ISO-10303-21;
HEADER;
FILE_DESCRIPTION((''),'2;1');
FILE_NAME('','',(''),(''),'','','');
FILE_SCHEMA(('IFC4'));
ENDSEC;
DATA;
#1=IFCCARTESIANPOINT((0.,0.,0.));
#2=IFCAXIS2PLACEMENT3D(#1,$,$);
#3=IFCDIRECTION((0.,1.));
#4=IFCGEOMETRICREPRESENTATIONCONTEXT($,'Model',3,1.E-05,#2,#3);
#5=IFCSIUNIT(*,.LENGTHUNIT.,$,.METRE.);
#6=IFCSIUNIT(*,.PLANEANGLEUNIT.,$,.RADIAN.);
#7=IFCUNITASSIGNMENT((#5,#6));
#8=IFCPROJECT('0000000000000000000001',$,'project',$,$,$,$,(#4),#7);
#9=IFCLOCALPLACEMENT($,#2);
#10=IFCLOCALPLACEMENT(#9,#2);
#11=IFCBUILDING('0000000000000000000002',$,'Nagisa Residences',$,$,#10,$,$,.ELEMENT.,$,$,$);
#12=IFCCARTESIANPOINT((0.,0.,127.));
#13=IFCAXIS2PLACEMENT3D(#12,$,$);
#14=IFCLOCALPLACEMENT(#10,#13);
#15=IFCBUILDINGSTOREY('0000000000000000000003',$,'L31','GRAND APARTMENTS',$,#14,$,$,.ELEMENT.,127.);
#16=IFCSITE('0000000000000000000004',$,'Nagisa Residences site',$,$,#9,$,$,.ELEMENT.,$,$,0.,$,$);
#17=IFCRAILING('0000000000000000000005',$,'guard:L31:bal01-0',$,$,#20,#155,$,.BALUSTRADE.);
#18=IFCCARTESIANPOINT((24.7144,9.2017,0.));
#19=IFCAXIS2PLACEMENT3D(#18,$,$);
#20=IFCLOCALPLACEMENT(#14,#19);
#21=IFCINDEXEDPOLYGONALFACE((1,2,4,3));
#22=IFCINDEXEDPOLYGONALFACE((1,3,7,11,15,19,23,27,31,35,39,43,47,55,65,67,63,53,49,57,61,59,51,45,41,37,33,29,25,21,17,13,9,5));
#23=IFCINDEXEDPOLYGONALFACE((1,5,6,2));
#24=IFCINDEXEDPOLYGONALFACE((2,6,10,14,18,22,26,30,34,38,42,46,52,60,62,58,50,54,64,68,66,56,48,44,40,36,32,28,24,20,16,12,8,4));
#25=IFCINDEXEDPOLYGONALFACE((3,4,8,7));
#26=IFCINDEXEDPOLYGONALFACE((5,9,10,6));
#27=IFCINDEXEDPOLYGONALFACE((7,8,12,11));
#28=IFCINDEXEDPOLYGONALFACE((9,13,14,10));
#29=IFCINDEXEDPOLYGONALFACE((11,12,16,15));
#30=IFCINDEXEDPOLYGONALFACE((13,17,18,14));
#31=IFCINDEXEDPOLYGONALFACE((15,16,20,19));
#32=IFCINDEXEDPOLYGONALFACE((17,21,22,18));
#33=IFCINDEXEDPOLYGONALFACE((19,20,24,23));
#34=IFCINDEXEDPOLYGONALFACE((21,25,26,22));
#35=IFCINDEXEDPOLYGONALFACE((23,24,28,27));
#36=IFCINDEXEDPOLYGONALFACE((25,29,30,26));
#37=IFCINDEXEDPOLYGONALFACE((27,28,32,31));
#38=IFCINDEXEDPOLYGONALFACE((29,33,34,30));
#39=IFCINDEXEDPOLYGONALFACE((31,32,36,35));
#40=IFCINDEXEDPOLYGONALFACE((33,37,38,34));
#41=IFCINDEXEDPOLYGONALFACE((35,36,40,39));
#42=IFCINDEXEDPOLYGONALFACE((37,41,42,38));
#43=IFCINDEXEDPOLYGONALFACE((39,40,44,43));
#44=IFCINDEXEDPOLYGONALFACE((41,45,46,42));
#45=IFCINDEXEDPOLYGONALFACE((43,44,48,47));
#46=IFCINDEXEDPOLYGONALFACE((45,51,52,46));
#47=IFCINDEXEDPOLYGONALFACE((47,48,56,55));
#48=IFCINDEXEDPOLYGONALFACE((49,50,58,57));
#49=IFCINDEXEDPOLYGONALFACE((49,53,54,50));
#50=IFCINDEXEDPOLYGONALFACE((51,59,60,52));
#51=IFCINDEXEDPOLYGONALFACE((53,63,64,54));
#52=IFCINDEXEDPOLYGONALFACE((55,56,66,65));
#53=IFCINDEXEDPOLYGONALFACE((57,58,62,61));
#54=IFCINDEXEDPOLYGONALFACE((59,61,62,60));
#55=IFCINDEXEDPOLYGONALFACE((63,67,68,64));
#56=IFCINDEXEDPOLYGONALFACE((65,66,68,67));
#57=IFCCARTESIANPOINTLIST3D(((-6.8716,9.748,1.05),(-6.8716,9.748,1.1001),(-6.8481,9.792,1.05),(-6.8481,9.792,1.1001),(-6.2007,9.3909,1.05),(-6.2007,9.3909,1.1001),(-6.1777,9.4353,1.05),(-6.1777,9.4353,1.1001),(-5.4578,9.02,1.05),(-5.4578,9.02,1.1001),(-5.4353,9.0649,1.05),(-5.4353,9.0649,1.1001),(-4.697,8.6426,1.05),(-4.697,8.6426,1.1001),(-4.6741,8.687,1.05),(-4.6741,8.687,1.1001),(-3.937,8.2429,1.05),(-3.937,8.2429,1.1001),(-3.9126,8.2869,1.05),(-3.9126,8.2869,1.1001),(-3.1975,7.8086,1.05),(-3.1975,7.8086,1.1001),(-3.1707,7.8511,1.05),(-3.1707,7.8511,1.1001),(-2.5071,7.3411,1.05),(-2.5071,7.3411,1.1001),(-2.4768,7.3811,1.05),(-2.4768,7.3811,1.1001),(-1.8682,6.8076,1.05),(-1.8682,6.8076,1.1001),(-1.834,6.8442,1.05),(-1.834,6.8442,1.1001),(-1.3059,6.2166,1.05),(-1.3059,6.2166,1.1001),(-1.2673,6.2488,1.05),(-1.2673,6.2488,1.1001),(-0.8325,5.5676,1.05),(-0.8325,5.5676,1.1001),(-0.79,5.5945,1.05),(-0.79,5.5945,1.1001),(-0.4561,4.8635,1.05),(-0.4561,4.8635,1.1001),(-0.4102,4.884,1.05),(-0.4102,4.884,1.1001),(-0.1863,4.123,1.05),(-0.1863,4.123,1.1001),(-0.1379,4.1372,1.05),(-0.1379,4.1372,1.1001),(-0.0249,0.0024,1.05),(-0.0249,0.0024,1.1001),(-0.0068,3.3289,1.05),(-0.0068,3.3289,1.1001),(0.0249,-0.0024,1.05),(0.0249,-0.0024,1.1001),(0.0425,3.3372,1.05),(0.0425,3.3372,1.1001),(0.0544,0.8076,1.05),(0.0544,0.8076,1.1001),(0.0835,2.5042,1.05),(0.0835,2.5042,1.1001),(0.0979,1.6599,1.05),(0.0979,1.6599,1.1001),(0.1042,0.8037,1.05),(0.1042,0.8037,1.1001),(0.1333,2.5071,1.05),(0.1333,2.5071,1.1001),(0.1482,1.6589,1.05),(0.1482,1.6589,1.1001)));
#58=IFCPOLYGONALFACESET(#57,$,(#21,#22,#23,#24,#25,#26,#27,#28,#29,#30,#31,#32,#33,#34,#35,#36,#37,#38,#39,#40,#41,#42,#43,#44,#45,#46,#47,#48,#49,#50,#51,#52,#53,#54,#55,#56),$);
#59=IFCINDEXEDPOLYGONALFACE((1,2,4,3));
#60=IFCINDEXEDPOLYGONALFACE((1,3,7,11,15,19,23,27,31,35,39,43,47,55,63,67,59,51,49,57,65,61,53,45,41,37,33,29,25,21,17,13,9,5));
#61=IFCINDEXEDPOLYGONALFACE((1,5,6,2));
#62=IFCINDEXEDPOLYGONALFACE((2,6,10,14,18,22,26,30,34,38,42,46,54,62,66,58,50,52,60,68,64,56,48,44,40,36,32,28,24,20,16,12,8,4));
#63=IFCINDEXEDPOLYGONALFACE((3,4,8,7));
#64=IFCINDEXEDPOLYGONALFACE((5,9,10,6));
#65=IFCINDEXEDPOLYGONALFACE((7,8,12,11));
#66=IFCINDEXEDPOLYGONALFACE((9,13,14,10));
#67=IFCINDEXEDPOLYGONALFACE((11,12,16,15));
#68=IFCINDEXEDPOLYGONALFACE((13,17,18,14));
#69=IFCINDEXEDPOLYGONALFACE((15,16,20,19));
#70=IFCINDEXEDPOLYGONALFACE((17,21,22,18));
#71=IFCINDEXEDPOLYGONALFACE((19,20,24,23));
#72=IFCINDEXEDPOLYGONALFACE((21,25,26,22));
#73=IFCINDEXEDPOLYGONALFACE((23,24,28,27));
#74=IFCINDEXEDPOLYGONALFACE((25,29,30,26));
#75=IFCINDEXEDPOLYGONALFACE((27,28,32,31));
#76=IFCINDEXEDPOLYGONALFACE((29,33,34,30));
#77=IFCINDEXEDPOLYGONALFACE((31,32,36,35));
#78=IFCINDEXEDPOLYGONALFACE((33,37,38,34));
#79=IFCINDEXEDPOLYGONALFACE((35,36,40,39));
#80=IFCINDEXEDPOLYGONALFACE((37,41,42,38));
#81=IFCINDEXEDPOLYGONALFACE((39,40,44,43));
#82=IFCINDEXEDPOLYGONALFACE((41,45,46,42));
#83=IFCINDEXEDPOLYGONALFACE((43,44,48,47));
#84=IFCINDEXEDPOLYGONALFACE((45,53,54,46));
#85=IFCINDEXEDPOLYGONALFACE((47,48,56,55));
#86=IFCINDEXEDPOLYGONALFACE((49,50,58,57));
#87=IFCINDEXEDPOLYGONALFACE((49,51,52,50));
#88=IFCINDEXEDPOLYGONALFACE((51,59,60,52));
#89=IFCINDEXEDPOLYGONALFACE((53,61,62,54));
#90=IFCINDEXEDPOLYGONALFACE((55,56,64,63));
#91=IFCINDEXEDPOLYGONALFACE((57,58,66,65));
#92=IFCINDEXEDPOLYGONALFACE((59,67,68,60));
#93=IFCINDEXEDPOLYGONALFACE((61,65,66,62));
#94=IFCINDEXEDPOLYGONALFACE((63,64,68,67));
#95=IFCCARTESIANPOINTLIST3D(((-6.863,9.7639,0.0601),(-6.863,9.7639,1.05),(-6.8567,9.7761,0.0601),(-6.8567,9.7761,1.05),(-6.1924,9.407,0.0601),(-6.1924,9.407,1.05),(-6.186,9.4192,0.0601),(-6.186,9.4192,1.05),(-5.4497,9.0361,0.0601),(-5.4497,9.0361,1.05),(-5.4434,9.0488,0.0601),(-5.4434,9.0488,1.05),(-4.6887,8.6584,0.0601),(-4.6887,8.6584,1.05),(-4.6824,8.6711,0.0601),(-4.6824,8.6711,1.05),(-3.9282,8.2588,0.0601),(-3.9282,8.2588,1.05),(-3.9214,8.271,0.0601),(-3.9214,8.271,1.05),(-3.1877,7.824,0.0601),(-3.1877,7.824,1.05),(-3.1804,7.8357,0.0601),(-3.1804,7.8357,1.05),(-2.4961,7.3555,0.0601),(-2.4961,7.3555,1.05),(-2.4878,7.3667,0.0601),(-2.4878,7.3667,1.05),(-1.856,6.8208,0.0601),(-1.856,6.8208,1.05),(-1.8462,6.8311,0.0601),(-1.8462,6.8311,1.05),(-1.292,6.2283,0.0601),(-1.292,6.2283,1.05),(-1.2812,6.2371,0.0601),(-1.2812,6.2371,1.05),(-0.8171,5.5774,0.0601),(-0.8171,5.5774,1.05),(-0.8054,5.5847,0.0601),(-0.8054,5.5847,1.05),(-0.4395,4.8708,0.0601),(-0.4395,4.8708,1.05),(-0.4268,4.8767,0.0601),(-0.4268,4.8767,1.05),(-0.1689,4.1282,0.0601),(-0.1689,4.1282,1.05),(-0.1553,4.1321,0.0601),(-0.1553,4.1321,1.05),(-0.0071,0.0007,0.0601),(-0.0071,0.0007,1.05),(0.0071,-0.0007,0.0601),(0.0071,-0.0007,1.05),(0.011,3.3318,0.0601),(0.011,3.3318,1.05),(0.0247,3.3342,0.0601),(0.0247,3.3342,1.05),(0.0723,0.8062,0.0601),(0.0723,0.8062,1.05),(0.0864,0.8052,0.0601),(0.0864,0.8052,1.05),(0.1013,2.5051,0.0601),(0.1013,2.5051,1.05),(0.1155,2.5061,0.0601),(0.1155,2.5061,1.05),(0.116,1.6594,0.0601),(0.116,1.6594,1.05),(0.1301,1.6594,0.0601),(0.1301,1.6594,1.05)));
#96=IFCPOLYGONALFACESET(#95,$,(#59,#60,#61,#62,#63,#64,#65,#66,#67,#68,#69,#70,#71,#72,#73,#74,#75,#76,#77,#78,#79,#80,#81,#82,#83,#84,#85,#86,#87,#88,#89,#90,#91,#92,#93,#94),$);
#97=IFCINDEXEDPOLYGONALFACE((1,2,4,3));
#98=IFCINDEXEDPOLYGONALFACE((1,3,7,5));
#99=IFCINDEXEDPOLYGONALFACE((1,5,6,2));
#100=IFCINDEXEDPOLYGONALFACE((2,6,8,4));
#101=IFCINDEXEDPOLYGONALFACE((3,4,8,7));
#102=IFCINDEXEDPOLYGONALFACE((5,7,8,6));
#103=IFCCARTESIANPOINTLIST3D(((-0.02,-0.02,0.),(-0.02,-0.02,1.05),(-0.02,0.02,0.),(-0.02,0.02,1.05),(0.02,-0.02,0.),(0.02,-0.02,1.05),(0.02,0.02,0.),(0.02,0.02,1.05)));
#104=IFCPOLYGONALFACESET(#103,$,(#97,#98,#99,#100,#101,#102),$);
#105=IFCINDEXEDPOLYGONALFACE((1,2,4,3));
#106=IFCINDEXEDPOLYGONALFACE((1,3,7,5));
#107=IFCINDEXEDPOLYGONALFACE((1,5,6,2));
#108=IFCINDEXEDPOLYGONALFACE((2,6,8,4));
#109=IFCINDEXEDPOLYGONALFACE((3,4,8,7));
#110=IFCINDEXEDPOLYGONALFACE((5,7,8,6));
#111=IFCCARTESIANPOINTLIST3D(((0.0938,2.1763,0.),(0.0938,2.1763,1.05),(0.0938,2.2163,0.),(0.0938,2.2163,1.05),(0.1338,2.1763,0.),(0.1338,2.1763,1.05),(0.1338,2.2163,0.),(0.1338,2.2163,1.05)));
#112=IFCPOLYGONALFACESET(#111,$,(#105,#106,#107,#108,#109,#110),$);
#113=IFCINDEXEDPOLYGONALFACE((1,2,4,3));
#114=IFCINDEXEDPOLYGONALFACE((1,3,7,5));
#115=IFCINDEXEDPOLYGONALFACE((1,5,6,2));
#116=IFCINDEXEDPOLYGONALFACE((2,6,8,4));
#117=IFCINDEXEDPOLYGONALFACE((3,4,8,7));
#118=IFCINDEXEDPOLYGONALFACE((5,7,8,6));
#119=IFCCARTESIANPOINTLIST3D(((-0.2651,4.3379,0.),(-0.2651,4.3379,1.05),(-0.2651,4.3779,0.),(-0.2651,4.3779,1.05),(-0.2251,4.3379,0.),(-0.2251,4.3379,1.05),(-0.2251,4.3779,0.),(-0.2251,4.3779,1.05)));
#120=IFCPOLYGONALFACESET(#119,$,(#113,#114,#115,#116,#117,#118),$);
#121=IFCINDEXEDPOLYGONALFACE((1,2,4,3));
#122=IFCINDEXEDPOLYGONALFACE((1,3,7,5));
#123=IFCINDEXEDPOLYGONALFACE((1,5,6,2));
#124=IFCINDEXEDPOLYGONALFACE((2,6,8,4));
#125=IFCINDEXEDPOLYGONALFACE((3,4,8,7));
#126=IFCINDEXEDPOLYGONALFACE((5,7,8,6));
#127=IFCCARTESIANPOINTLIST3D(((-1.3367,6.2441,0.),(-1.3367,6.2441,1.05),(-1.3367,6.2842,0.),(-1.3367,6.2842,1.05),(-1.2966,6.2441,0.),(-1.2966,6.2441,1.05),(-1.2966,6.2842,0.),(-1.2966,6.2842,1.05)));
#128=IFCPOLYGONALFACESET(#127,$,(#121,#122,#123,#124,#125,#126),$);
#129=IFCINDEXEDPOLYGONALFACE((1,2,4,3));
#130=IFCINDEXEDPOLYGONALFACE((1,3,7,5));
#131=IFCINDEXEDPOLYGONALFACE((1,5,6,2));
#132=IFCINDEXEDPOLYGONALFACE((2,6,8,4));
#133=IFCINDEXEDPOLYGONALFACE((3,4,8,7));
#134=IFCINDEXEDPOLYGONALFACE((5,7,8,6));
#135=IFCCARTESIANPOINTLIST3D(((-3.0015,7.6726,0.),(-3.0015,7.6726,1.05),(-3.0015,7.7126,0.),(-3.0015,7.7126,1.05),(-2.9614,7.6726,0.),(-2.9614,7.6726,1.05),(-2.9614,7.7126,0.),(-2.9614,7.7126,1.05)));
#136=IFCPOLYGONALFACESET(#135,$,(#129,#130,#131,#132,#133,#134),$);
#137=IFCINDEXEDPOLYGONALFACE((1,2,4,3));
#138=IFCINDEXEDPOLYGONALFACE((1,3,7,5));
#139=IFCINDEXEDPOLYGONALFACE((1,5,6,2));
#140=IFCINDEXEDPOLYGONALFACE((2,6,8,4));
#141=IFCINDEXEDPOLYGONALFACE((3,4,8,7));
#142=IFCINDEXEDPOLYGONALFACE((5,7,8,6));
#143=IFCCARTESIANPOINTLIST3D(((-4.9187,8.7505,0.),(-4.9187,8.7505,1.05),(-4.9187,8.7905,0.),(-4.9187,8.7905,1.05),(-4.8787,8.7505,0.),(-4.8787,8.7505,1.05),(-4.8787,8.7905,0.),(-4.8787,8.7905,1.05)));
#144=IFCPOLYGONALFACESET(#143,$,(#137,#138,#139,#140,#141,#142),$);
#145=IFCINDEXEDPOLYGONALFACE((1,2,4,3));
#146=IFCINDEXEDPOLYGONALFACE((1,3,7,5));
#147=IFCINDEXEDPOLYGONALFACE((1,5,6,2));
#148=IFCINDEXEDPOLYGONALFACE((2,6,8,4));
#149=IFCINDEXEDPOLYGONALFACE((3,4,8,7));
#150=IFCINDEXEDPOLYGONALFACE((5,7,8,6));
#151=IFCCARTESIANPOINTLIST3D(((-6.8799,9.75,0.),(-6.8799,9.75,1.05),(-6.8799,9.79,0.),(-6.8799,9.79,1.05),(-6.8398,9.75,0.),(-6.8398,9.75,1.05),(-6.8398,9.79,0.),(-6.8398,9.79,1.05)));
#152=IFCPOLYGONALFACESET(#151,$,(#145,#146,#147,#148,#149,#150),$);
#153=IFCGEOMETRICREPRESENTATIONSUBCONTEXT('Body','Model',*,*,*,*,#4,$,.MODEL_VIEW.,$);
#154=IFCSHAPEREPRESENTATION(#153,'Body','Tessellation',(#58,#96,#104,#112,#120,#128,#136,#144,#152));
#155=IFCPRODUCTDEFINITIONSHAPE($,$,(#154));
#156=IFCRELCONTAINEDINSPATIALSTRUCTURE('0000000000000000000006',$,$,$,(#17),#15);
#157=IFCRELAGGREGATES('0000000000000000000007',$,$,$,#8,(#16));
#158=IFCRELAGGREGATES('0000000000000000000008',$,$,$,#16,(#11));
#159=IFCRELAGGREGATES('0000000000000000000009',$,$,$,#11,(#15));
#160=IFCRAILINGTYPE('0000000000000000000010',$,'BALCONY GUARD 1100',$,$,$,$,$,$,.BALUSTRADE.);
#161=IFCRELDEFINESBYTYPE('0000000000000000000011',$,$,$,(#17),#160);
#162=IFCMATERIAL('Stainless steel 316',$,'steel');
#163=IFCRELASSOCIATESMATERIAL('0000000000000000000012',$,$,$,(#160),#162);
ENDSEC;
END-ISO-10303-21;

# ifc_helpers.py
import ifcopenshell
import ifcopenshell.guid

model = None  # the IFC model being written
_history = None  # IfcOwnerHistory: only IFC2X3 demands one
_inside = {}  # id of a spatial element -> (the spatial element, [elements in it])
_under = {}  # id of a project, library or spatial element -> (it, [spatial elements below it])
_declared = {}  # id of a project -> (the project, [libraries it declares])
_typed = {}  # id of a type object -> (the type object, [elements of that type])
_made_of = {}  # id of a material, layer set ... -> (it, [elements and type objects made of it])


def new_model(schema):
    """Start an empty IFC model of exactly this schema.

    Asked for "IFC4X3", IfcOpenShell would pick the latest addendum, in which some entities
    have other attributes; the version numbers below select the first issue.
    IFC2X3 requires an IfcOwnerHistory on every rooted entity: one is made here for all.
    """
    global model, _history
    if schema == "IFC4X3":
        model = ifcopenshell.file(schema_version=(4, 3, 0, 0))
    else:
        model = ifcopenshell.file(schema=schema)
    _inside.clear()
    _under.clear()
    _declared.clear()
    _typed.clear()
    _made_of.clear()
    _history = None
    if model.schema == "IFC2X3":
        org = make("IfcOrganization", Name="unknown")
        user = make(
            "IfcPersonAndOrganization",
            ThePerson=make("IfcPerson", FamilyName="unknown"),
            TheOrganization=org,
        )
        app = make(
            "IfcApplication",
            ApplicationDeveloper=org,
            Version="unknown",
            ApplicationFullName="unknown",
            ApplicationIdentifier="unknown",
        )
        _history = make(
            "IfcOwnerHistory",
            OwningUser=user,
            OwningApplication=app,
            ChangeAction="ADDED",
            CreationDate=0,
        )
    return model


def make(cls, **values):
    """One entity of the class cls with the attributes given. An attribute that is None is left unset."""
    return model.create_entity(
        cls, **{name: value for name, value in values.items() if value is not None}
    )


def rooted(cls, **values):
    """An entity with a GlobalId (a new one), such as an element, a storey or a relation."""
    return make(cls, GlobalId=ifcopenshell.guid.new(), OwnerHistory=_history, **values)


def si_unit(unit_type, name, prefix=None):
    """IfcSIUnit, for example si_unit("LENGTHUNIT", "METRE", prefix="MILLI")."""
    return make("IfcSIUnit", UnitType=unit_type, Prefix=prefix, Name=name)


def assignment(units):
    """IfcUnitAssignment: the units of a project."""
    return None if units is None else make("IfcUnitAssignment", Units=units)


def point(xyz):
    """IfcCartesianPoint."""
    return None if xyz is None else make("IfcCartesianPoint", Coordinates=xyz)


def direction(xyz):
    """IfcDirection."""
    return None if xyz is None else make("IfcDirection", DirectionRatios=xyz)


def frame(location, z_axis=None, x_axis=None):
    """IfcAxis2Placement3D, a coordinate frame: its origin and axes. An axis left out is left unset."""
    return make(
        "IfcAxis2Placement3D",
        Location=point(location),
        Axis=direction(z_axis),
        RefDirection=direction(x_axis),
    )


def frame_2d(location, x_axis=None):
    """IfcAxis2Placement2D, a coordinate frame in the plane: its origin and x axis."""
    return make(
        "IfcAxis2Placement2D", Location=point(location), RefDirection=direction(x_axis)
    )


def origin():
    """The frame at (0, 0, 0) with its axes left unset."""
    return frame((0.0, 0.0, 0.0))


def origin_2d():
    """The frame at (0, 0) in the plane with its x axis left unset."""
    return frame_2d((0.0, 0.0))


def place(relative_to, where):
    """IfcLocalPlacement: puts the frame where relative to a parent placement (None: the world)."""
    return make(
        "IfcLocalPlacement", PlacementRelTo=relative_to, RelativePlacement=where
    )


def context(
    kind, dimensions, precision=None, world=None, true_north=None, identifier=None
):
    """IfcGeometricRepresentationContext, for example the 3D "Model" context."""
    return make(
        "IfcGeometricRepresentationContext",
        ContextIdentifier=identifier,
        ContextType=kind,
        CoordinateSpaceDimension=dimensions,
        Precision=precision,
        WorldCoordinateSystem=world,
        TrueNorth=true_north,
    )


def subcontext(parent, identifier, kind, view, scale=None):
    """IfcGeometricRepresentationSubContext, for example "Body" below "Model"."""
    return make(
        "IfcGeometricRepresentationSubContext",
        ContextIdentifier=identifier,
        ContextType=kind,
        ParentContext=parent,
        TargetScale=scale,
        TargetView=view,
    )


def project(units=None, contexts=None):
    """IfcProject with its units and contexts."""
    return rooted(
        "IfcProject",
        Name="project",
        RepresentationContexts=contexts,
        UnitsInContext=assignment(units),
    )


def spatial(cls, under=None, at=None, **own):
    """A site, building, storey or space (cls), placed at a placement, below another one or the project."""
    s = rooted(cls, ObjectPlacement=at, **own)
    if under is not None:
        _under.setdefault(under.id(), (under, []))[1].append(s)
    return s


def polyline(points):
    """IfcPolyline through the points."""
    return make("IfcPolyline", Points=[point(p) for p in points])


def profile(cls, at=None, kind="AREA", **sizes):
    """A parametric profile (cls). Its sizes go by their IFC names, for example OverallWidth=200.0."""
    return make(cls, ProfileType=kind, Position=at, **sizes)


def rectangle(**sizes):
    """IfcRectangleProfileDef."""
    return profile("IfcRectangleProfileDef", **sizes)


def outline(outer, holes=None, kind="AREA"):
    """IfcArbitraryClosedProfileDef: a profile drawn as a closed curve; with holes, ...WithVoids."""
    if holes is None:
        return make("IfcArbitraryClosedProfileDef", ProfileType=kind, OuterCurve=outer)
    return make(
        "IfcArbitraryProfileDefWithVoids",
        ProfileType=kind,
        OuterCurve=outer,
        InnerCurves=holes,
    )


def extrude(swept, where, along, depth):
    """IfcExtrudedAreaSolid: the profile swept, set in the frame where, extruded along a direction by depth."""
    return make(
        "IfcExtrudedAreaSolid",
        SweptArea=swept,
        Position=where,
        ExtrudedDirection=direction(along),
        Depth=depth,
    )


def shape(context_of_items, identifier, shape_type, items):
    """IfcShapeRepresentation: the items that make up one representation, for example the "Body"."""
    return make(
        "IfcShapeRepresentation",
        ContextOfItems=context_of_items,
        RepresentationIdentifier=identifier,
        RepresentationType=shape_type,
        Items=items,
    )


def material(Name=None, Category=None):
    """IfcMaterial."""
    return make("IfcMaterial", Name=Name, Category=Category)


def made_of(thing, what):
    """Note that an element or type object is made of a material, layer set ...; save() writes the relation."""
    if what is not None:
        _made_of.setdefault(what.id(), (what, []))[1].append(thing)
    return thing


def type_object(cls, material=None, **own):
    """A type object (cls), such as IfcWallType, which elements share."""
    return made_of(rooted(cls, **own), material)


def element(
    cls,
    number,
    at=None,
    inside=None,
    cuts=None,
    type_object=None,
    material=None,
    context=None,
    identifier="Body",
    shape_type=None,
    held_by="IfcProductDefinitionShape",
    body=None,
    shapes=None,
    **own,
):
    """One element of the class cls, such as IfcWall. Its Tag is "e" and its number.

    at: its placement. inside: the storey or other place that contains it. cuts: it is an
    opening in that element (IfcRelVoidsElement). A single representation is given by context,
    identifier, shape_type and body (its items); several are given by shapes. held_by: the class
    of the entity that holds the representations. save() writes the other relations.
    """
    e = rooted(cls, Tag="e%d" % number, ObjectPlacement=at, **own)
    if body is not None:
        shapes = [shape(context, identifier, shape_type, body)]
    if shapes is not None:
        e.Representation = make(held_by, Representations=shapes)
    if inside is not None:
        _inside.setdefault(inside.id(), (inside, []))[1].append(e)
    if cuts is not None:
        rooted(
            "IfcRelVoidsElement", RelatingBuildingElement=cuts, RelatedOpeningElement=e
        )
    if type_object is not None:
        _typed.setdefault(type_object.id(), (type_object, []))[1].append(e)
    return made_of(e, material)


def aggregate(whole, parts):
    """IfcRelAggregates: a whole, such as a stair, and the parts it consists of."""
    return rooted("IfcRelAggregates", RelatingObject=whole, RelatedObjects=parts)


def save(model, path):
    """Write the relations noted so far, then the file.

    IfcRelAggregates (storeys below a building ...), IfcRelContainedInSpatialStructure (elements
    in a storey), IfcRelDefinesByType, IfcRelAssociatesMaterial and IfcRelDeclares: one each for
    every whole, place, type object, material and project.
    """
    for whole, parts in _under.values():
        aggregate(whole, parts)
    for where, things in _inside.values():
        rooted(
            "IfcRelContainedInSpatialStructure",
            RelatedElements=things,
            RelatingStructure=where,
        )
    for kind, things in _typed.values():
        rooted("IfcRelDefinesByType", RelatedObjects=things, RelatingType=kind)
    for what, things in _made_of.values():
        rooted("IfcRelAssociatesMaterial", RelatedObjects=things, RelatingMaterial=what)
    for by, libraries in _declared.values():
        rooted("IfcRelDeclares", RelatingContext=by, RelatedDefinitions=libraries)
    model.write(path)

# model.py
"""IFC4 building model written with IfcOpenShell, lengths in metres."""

from ifc_helpers import new_model, si_unit, direction, frame, origin, origin_2d, place, context, subcontext, project, spatial, polyline, rectangle, outline, extrude, material, type_object, element, save


model = new_model("IFC4")

# Units and contexts
model_context = context("Model", 3, precision=1e-05, world=origin(), true_north=direction((0.0, 1.0)))
body_context = subcontext(model_context, "Body", "Model", "MODEL_VIEW")
ifc_project = project(units=[si_unit("LENGTHUNIT", "METRE"), si_unit("PLANEANGLEUNIT", "RADIAN")], contexts=[model_context])

# Site, building, storey
site_placement = place(None, origin())
site = spatial("IfcSite", under=ifc_project, at=site_placement, Name="Nagisa Residences site", CompositionType="ELEMENT", RefElevation=0.0)
building_placement = place(site_placement, origin())
building = spatial("IfcBuilding", under=site, at=building_placement, Name="Nagisa Residences", CompositionType="ELEMENT")
storey_placement = place(building_placement, frame((0.0, 0.0, 127.0)))
storey = spatial("IfcBuildingStorey", under=building, at=storey_placement, Name="L31", Description="GRAND APARTMENTS", CompositionType="ELEMENT", Elevation=127.0)

# Railing
ifc_material_1 = material(Name="Stainless steel 316", Category="steel")
railing_type = type_object("IfcRailingType", Name="BALCONY GUARD 1100", PredefinedType="BALUSTRADE", material=ifc_material_1)
railing_placement = place(storey_placement, frame((24.7144, 9.2017, 0.0)))
element("IfcRailing", 1, at=railing_placement, inside=storey, type_object=railing_type, Name="guard:L31:bal01-0", PredefinedType="BALUSTRADE", context=body_context, shape_type="SweptSolid", body=[
    extrude(outline(polyline([(0.0544, 0.8076), (-0.0249, 0.0024), (0.0249, -0.0024), (0.1042, 0.8037), (0.1482, 1.6589), (0.1333, 2.5071), (0.0425, 3.3372), (-0.1379, 4.1372), (-0.4102, 4.884), (-0.79, 5.5945), (-1.2673, 6.2488), (-1.834, 6.8442), (-2.4768, 7.3811), (-3.1707, 7.8511), (-3.9126, 8.2869), (-4.6741, 8.687), (-5.4353, 9.0649), (-6.1777, 9.4353), (-6.8481, 9.792), (-6.8716, 9.748), (-6.2007, 9.3909), (-5.4578, 9.02), (-4.697, 8.6426), (-3.937, 8.2429), (-3.1975, 7.8086), (-2.5071, 7.3411), (-1.8682, 6.8076), (-1.3059, 6.2166), (-0.8325, 5.5676), (-0.4561, 4.8635), (-0.1863, 4.123), (-0.0068, 3.3289), (0.0835, 2.5042), (0.0979, 1.6599), (0.0544, 0.8076)])), frame((0.0, 0.0, 1.05)), (0.0, 0.0, 1.0), 0.05),
    extrude(outline(polyline([(0.0723, 0.8062), (-0.0071, 0.0007), (0.0071, -0.0007), (0.0864, 0.8052), (0.1301, 1.6594), (0.1155, 2.5061), (0.0247, 3.3342), (-0.1553, 4.1321), (-0.4268, 4.8767), (-0.8054, 5.5847), (-1.2812, 6.2371), (-1.8462, 6.8311), (-2.4878, 7.3667), (-3.1804, 7.8357), (-3.9214, 8.271), (-4.6824, 8.6711), (-5.4434, 9.0488), (-6.186, 9.4192), (-6.8567, 9.7761), (-6.863, 9.7639), (-6.1924, 9.407), (-5.4497, 9.0361), (-4.6887, 8.6584), (-3.9282, 8.2588), (-3.1877, 7.824), (-2.4961, 7.3555), (-1.856, 6.8208), (-1.292, 6.2283), (-0.8171, 5.5774), (-0.4395, 4.8708), (-0.1689, 4.1282), (0.011, 3.3318), (0.1013, 2.5051), (0.116, 1.6594), (0.0723, 0.8062)])), frame((0.0, 0.0, 0.0601)), (0.0, 0.0, 1.0), 0.99),
    extrude(rectangle(XDim=0.04, YDim=0.04, at=origin_2d()), origin(), (0.0, 0.0, 1.0), 1.05),
    extrude(rectangle(XDim=0.04, YDim=0.04, at=origin_2d()), frame((0.1138, 2.1963, 0.0)), (0.0, 0.0, 1.0), 1.05),
    extrude(rectangle(XDim=0.04, YDim=0.04, at=origin_2d()), frame((-0.2451, 4.3579, 0.0)), (0.0, 0.0, 1.0), 1.05),
    extrude(rectangle(XDim=0.04, YDim=0.04, at=origin_2d()), frame((-1.3167, 6.2642, 0.0)), (0.0, 0.0, 1.0), 1.05),
    extrude(rectangle(XDim=0.04, YDim=0.04, at=origin_2d()), frame((-2.9814, 7.6926, 0.0)), (0.0, 0.0, 1.0), 1.05),
    extrude(rectangle(XDim=0.04, YDim=0.04, at=origin_2d()), frame((-4.8987, 8.7705, 0.0)), (0.0, 0.0, 1.0), 1.05),
    extrude(rectangle(XDim=0.04, YDim=0.04, at=origin_2d()), frame((-6.8599, 9.77, 0.0)), (0.0, 0.0, 1.0), 1.05),
])

save(model, "model.ifc")
